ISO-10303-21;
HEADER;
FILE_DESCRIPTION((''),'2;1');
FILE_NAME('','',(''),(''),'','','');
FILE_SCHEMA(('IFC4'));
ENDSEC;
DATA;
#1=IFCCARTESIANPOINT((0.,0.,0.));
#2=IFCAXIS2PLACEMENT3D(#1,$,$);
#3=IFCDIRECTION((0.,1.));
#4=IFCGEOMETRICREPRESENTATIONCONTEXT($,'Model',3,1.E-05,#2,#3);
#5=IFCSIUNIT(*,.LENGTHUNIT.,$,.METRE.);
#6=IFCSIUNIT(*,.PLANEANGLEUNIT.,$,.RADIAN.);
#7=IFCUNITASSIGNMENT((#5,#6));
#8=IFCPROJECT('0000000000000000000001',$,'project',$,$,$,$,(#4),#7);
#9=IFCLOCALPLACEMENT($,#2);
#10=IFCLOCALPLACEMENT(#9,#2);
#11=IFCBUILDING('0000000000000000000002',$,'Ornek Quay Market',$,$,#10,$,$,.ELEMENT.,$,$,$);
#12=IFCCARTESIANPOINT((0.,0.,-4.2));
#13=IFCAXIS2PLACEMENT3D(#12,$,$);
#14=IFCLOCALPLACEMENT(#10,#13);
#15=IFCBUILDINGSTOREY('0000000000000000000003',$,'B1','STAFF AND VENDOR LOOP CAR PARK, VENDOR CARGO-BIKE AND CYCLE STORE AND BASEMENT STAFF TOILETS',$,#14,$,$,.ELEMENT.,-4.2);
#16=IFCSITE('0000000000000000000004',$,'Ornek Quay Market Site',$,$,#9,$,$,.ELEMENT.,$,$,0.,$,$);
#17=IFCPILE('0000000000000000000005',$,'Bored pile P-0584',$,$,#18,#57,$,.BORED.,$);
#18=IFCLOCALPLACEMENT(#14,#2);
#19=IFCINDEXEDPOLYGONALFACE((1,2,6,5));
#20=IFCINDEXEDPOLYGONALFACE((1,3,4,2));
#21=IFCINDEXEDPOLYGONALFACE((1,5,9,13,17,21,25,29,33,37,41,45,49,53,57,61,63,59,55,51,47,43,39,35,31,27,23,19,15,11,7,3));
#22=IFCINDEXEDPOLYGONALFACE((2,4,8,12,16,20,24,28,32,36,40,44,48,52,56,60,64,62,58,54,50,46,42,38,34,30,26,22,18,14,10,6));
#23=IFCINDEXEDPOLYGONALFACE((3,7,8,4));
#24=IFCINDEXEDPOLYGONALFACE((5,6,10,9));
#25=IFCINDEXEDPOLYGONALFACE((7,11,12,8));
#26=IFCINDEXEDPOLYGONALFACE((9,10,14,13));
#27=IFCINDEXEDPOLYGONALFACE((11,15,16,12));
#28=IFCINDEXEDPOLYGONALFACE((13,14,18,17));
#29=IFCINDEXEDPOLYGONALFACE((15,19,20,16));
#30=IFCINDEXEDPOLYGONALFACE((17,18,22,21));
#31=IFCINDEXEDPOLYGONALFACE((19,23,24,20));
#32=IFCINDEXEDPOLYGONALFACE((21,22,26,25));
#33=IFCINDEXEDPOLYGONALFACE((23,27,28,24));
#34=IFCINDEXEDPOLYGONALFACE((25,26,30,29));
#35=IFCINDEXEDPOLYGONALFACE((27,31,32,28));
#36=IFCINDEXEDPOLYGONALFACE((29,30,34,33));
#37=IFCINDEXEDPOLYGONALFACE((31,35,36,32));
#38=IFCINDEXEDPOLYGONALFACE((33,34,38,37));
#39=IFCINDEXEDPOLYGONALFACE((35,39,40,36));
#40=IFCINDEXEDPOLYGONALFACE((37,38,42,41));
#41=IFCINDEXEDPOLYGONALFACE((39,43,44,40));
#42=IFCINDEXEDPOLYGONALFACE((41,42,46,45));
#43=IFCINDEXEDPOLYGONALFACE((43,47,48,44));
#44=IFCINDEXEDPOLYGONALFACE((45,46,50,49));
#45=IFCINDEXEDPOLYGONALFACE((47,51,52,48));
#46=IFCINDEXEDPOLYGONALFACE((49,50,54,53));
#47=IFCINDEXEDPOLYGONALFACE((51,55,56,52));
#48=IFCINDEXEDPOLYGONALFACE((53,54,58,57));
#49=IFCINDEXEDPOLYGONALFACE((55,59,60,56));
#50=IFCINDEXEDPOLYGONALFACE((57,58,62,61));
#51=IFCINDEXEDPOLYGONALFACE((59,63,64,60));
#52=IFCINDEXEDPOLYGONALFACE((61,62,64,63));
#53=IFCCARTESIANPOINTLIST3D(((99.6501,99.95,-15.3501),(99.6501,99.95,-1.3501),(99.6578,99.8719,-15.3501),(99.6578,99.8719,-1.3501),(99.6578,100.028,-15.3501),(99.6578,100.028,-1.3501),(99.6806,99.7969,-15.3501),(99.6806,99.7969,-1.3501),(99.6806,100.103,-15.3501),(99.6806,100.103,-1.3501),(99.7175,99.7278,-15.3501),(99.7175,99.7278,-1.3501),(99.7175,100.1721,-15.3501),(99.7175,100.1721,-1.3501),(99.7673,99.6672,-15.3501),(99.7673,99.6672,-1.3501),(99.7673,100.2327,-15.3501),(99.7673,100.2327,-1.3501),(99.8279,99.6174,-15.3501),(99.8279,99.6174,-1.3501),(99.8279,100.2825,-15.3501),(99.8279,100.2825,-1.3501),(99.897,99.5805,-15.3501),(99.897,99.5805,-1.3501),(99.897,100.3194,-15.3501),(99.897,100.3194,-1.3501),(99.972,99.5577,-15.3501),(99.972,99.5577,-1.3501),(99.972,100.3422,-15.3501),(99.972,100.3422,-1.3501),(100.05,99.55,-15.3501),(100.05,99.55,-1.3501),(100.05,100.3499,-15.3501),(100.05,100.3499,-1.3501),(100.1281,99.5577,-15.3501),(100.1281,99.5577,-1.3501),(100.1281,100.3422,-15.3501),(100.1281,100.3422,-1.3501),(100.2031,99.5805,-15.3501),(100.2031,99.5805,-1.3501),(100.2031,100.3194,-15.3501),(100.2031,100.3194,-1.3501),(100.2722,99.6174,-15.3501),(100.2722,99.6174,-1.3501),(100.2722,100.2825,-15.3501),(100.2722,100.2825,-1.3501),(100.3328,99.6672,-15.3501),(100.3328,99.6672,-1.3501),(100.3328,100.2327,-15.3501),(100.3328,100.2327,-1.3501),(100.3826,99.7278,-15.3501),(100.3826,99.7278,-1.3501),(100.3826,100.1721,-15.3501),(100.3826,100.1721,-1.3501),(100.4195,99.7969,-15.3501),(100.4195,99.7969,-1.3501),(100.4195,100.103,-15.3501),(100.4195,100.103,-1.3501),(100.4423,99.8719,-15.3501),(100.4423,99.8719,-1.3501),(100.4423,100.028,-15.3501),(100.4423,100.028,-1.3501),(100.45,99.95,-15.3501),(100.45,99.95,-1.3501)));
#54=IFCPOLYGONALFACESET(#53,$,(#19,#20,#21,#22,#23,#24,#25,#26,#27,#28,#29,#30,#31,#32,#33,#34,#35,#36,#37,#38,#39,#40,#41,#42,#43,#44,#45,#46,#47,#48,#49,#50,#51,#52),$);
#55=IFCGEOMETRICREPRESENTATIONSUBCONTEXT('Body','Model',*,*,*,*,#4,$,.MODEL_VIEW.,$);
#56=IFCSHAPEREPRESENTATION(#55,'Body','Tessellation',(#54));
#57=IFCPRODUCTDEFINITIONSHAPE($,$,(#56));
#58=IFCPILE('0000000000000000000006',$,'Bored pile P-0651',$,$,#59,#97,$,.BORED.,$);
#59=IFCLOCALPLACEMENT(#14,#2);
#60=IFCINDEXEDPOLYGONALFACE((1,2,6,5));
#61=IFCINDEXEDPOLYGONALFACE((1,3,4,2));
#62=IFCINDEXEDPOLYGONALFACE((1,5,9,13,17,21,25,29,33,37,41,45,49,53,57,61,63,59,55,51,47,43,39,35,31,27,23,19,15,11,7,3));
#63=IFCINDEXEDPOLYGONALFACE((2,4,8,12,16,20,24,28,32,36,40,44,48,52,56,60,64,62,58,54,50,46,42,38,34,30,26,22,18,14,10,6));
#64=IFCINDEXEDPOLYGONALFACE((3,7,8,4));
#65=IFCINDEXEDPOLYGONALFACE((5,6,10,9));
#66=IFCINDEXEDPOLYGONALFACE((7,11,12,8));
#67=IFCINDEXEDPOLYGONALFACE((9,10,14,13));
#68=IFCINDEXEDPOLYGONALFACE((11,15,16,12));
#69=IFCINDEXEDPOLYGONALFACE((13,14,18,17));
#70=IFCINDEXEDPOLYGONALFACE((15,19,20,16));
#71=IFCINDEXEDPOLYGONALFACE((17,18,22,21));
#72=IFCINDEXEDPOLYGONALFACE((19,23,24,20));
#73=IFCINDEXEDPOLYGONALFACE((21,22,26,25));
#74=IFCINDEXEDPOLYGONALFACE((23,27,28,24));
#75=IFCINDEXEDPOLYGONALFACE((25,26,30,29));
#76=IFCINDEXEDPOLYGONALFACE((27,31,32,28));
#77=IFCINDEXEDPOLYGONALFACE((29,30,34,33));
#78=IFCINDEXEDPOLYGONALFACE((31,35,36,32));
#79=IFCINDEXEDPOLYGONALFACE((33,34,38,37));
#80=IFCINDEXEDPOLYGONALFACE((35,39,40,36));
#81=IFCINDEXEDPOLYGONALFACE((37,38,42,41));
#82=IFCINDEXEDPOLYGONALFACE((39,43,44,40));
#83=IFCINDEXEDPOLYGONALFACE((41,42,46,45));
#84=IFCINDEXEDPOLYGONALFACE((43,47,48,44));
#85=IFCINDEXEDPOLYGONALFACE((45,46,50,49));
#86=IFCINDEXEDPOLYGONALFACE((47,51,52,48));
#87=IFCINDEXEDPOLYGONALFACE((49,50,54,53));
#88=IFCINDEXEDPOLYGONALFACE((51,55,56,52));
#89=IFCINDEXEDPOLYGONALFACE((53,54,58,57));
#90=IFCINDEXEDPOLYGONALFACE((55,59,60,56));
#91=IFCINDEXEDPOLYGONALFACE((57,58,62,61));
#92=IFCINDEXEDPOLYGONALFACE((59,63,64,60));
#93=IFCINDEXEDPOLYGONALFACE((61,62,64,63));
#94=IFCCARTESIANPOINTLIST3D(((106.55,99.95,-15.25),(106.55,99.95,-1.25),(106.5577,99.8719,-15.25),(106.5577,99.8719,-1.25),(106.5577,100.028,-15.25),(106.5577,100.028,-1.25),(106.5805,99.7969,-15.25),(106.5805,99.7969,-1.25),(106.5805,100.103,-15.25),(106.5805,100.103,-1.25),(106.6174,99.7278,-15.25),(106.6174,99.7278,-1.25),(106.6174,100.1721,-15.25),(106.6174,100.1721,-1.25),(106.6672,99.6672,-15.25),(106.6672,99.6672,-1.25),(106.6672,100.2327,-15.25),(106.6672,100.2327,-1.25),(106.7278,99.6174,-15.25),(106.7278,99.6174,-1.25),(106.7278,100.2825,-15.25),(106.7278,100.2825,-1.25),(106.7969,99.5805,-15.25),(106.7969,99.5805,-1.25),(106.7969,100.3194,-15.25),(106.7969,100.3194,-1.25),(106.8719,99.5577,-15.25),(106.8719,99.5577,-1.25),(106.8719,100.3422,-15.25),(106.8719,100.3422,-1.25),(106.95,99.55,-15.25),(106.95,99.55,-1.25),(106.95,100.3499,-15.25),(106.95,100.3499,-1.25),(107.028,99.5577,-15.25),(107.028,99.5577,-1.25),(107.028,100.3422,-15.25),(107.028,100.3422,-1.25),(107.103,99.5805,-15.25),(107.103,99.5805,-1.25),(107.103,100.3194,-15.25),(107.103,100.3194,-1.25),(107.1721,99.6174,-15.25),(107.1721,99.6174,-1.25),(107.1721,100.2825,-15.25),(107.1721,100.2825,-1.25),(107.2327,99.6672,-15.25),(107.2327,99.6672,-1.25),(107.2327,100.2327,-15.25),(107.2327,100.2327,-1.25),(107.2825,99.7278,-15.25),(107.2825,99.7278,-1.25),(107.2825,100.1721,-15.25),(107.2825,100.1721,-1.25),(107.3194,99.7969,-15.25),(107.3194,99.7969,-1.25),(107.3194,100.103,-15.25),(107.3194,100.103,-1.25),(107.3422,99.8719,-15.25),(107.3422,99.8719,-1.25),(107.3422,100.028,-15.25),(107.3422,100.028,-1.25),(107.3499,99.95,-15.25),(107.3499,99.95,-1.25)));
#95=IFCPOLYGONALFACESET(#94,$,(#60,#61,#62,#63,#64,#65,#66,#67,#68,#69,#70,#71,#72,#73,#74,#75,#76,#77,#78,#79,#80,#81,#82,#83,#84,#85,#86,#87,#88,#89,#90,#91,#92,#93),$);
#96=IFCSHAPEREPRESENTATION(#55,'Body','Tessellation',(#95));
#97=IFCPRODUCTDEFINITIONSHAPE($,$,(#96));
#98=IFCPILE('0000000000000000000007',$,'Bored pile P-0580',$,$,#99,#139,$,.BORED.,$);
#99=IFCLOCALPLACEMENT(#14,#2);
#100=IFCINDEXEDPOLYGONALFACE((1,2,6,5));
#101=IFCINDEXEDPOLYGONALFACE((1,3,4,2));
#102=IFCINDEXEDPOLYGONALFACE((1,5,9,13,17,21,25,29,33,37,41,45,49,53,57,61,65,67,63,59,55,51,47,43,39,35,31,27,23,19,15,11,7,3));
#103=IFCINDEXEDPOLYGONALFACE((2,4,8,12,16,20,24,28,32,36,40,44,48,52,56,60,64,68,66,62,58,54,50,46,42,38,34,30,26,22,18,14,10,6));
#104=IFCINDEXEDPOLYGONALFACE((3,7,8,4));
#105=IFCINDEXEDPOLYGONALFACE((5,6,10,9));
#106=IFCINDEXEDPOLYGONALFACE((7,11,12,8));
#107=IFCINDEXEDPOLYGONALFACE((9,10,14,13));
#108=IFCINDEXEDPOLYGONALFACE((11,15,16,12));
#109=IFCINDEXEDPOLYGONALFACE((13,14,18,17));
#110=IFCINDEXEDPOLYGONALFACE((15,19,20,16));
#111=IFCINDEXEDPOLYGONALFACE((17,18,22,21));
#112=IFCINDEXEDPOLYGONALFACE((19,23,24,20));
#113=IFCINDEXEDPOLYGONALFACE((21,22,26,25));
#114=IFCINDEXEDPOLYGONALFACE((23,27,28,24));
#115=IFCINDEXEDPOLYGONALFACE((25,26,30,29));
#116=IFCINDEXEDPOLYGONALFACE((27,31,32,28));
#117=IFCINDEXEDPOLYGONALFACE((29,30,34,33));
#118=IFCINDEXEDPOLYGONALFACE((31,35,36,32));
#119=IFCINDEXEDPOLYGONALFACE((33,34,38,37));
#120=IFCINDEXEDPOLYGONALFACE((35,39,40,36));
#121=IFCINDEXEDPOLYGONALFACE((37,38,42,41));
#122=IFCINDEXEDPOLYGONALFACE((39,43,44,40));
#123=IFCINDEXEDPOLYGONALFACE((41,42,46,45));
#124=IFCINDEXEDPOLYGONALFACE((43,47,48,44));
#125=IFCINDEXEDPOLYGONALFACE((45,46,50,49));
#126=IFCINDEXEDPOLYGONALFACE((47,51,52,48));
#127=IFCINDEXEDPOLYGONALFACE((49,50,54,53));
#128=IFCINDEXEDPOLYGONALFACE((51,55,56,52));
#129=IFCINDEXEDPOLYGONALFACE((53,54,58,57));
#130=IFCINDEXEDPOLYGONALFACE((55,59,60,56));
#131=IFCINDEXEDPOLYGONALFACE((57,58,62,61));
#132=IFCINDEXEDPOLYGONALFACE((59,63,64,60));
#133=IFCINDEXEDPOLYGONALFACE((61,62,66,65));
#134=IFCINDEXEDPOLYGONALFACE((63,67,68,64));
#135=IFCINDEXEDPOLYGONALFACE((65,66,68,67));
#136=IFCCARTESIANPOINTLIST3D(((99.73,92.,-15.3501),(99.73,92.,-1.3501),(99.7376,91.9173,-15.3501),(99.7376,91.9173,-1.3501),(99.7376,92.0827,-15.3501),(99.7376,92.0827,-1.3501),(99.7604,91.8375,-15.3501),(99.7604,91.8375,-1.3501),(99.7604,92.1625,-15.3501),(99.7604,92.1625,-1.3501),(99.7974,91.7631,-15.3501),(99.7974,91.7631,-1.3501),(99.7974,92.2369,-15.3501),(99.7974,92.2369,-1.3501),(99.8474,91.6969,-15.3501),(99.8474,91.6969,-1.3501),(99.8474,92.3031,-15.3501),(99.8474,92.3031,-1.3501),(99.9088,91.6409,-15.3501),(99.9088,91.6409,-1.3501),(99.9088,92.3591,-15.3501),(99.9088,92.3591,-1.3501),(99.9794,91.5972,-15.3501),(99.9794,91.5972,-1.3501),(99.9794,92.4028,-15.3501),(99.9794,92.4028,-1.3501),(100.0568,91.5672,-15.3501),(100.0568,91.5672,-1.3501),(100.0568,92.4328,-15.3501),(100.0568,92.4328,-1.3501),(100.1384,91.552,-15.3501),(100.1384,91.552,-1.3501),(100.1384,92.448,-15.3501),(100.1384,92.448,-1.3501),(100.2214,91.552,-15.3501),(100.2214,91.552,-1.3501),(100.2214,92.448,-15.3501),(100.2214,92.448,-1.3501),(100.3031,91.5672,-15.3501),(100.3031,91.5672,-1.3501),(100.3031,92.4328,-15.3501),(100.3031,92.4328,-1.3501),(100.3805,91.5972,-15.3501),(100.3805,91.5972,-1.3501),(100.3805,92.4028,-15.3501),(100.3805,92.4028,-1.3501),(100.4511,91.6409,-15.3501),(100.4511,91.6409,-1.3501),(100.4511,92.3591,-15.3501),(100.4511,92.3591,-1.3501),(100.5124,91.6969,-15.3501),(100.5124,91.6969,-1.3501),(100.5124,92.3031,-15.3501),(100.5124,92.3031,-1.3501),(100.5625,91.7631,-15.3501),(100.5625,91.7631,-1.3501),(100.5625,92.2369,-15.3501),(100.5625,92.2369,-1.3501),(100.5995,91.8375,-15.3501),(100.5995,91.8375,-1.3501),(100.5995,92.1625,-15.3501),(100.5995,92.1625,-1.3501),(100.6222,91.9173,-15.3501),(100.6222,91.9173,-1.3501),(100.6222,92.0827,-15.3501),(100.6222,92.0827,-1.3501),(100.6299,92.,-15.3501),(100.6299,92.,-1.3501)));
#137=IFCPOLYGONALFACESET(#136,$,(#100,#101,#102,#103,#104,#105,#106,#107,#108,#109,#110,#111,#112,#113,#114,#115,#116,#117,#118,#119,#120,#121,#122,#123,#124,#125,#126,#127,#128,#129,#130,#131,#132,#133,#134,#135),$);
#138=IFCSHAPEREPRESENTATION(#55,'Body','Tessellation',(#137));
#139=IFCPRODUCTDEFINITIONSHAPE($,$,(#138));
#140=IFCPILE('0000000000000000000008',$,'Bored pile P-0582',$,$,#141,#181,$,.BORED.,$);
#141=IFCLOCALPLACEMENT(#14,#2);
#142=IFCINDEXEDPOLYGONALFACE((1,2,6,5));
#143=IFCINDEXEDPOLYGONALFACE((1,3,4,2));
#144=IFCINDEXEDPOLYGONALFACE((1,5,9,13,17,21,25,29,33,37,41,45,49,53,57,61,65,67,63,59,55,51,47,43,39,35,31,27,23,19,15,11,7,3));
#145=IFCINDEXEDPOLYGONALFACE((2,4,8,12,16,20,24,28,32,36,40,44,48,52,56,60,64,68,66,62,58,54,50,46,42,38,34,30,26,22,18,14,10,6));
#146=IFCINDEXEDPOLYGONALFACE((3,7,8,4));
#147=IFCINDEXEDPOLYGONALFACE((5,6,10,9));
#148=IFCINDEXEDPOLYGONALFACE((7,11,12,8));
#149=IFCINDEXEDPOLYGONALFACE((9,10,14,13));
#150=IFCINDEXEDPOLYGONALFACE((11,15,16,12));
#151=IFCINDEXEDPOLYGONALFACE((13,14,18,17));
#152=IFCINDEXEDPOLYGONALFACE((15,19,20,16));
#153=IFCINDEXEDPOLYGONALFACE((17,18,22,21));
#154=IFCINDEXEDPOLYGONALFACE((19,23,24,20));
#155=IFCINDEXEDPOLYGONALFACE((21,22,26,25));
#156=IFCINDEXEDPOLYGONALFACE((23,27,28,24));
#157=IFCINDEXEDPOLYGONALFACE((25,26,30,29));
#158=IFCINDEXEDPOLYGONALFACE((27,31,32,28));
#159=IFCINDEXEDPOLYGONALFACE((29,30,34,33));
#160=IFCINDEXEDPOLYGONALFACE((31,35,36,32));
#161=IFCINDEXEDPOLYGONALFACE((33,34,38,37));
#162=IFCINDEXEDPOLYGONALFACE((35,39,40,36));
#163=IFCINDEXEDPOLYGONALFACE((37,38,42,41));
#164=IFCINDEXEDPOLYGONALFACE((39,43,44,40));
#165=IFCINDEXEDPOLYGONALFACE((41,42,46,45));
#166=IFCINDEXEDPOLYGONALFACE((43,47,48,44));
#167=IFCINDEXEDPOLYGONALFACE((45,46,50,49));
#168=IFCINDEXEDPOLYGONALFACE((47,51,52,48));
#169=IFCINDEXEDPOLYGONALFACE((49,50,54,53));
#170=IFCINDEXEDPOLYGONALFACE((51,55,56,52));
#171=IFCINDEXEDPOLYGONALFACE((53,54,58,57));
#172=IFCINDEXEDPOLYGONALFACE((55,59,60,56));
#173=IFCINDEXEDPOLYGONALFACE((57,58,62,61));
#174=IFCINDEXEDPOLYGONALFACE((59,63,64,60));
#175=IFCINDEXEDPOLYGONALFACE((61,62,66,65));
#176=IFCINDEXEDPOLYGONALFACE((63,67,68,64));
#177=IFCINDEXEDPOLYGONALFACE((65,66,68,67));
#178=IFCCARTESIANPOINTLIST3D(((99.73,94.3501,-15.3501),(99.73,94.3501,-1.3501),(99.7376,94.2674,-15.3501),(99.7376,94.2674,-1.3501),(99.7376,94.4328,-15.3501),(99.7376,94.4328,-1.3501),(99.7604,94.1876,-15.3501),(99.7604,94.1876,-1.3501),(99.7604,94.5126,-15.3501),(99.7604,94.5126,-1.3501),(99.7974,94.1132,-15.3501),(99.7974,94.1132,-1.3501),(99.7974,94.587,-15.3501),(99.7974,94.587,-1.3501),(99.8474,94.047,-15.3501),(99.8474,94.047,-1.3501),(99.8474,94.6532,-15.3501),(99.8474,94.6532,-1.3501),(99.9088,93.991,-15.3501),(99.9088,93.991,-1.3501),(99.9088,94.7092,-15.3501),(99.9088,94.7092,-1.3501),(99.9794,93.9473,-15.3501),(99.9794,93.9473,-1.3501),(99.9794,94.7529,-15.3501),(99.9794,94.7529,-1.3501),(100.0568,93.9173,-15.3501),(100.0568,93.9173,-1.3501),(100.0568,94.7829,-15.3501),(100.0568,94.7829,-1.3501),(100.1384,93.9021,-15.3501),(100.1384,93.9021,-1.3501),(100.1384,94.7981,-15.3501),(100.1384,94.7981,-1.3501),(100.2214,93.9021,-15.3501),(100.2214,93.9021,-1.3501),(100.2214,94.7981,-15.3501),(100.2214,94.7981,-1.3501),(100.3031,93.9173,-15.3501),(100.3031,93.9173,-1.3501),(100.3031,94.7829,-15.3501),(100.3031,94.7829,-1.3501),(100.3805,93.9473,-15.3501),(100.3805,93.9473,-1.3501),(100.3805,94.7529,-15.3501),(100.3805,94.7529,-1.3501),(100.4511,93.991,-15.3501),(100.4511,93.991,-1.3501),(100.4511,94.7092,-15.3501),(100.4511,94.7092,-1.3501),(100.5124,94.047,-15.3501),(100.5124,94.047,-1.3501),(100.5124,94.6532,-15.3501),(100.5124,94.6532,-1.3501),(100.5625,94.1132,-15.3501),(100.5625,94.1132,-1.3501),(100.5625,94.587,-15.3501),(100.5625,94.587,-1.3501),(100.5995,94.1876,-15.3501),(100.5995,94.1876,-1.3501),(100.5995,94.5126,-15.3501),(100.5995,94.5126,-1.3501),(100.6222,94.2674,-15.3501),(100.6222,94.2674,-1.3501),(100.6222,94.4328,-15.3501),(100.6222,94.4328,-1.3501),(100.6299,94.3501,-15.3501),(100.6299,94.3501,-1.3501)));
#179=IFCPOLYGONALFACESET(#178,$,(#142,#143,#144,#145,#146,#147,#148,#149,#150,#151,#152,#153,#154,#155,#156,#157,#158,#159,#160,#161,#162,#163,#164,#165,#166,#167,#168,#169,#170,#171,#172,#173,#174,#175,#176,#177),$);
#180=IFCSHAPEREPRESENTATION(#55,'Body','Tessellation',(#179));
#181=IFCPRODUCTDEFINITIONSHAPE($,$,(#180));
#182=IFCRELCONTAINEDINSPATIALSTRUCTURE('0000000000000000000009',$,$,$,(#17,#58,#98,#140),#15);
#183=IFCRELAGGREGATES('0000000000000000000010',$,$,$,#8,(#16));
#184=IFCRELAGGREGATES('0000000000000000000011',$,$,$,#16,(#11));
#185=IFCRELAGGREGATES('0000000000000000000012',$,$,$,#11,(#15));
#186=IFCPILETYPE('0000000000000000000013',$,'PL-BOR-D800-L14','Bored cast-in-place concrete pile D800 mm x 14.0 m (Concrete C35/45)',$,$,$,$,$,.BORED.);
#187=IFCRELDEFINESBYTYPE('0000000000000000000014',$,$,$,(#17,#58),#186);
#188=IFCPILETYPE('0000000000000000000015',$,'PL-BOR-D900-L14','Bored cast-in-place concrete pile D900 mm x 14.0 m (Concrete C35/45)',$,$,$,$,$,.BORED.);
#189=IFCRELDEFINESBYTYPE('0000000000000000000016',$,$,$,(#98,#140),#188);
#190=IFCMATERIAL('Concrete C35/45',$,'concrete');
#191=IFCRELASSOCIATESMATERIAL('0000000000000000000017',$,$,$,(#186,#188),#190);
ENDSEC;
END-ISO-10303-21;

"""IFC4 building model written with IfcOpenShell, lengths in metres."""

from ifc_helpers import new_model, si_unit, direction, frame, origin, origin_2d, place, context, subcontext, project, spatial, circle, extrude, material, material_profile, profile_set, type_object, element, save


model = new_model("IFC4")

# Units and contexts
model_context = context("Model", 3, precision=1e-05, world=origin(), true_north=direction((0.0, 1.0)))
body_context = subcontext(model_context, "Body", "Model", "MODEL_VIEW")
ifc_project = project(units=[si_unit("LENGTHUNIT", "METRE"), si_unit("PLANEANGLEUNIT", "RADIAN")], contexts=[model_context])

# Site, building, storey
site_placement = place(None, origin())
site = spatial("IfcSite", under=ifc_project, at=site_placement, Name="Ornek Quay Market Site", CompositionType="ELEMENT", RefElevation=0.0)
building_placement = place(site_placement, origin())
building = spatial("IfcBuilding", under=site, at=building_placement, Name="Ornek Quay Market", CompositionType="ELEMENT")
storey_placement = place(building_placement, frame((0.0, 0.0, -4.2)))
storey = spatial("IfcBuildingStorey", under=building, at=storey_placement, Name="B1", Description="STAFF AND VENDOR LOOP CAR PARK, VENDOR CARGO-BIKE AND CYCLE STORE AND BASEMENT STAFF TOILETS", CompositionType="ELEMENT", Elevation=-4.2)

# Piles
ifc_material_1 = material(Name="Concrete C35/45", Category="concrete")
ifc_material_profile_1 = material_profile(ifc_material_1, circle(Radius=0.3999, at=origin_2d()), Name="PILE D800", Category="concrete")
ifc_profile_set_1 = profile_set([ifc_material_profile_1], Name="Concrete C35/45")
pile_type_1 = type_object("IfcPileType", Name="PL-BOR-D800-L14", Description="Bored cast-in-place concrete pile D800 mm x 14.0 m (Concrete C35/45)", PredefinedType="BORED", material=ifc_profile_set_1)
for number, where, z_axis, x_axis, name in (
    (1, (100.05, 99.95, -1.3501), (0.0, 0.0, -1.0), (1.0, 0.0, 0.0), "Bored pile P-0584"),
    (2, (106.95, 99.95, -1.25), (0.0, 0.0, -1.0), (1.0, 0.0, 0.0), "Bored pile P-0651"),
):
    element("IfcPile", number, at=place(storey_placement, frame(where, z_axis=z_axis, x_axis=x_axis)), inside=storey, type_object=pile_type_1, Name=name, PredefinedType="BORED", context=body_context, shape_type="SweptSolid", body=[
        extrude(circle(Radius=0.3999, at=origin_2d()), origin(), (0.0, 0.0, 1.0), 14.0),
    ])
ifc_material_profile_2 = material_profile(ifc_material_1, circle(Radius=0.45, at=origin_2d()), Name="PILE D900", Category="concrete")
ifc_profile_set_2 = profile_set([ifc_material_profile_2], Name="Concrete C35/45")
pile_type_2 = type_object("IfcPileType", Name="PL-BOR-D900-L14", Description="Bored cast-in-place concrete pile D900 mm x 14.0 m (Concrete C35/45)", PredefinedType="BORED", material=ifc_profile_set_2)
for number, where, z_axis, x_axis, name in (
    (3, (100.1799, 92.0, -1.3501), (0.0, 0.0, -1.0), (1.0, 0.0, 0.0), "Bored pile P-0580"),
    (4, (100.1799, 94.3501, -1.3501), (0.0, 0.0, -1.0), (1.0, 0.0, 0.0), "Bored pile P-0582"),
):
    element("IfcPile", number, at=place(storey_placement, frame(where, z_axis=z_axis, x_axis=x_axis)), inside=storey, type_object=pile_type_2, Name=name, PredefinedType="BORED", context=body_context, shape_type="SweptSolid", body=[
        extrude(circle(Radius=0.45, at=origin_2d()), origin(), (0.0, 0.0, 1.0), 14.0),
    ])

save(model, "model.ifc")
